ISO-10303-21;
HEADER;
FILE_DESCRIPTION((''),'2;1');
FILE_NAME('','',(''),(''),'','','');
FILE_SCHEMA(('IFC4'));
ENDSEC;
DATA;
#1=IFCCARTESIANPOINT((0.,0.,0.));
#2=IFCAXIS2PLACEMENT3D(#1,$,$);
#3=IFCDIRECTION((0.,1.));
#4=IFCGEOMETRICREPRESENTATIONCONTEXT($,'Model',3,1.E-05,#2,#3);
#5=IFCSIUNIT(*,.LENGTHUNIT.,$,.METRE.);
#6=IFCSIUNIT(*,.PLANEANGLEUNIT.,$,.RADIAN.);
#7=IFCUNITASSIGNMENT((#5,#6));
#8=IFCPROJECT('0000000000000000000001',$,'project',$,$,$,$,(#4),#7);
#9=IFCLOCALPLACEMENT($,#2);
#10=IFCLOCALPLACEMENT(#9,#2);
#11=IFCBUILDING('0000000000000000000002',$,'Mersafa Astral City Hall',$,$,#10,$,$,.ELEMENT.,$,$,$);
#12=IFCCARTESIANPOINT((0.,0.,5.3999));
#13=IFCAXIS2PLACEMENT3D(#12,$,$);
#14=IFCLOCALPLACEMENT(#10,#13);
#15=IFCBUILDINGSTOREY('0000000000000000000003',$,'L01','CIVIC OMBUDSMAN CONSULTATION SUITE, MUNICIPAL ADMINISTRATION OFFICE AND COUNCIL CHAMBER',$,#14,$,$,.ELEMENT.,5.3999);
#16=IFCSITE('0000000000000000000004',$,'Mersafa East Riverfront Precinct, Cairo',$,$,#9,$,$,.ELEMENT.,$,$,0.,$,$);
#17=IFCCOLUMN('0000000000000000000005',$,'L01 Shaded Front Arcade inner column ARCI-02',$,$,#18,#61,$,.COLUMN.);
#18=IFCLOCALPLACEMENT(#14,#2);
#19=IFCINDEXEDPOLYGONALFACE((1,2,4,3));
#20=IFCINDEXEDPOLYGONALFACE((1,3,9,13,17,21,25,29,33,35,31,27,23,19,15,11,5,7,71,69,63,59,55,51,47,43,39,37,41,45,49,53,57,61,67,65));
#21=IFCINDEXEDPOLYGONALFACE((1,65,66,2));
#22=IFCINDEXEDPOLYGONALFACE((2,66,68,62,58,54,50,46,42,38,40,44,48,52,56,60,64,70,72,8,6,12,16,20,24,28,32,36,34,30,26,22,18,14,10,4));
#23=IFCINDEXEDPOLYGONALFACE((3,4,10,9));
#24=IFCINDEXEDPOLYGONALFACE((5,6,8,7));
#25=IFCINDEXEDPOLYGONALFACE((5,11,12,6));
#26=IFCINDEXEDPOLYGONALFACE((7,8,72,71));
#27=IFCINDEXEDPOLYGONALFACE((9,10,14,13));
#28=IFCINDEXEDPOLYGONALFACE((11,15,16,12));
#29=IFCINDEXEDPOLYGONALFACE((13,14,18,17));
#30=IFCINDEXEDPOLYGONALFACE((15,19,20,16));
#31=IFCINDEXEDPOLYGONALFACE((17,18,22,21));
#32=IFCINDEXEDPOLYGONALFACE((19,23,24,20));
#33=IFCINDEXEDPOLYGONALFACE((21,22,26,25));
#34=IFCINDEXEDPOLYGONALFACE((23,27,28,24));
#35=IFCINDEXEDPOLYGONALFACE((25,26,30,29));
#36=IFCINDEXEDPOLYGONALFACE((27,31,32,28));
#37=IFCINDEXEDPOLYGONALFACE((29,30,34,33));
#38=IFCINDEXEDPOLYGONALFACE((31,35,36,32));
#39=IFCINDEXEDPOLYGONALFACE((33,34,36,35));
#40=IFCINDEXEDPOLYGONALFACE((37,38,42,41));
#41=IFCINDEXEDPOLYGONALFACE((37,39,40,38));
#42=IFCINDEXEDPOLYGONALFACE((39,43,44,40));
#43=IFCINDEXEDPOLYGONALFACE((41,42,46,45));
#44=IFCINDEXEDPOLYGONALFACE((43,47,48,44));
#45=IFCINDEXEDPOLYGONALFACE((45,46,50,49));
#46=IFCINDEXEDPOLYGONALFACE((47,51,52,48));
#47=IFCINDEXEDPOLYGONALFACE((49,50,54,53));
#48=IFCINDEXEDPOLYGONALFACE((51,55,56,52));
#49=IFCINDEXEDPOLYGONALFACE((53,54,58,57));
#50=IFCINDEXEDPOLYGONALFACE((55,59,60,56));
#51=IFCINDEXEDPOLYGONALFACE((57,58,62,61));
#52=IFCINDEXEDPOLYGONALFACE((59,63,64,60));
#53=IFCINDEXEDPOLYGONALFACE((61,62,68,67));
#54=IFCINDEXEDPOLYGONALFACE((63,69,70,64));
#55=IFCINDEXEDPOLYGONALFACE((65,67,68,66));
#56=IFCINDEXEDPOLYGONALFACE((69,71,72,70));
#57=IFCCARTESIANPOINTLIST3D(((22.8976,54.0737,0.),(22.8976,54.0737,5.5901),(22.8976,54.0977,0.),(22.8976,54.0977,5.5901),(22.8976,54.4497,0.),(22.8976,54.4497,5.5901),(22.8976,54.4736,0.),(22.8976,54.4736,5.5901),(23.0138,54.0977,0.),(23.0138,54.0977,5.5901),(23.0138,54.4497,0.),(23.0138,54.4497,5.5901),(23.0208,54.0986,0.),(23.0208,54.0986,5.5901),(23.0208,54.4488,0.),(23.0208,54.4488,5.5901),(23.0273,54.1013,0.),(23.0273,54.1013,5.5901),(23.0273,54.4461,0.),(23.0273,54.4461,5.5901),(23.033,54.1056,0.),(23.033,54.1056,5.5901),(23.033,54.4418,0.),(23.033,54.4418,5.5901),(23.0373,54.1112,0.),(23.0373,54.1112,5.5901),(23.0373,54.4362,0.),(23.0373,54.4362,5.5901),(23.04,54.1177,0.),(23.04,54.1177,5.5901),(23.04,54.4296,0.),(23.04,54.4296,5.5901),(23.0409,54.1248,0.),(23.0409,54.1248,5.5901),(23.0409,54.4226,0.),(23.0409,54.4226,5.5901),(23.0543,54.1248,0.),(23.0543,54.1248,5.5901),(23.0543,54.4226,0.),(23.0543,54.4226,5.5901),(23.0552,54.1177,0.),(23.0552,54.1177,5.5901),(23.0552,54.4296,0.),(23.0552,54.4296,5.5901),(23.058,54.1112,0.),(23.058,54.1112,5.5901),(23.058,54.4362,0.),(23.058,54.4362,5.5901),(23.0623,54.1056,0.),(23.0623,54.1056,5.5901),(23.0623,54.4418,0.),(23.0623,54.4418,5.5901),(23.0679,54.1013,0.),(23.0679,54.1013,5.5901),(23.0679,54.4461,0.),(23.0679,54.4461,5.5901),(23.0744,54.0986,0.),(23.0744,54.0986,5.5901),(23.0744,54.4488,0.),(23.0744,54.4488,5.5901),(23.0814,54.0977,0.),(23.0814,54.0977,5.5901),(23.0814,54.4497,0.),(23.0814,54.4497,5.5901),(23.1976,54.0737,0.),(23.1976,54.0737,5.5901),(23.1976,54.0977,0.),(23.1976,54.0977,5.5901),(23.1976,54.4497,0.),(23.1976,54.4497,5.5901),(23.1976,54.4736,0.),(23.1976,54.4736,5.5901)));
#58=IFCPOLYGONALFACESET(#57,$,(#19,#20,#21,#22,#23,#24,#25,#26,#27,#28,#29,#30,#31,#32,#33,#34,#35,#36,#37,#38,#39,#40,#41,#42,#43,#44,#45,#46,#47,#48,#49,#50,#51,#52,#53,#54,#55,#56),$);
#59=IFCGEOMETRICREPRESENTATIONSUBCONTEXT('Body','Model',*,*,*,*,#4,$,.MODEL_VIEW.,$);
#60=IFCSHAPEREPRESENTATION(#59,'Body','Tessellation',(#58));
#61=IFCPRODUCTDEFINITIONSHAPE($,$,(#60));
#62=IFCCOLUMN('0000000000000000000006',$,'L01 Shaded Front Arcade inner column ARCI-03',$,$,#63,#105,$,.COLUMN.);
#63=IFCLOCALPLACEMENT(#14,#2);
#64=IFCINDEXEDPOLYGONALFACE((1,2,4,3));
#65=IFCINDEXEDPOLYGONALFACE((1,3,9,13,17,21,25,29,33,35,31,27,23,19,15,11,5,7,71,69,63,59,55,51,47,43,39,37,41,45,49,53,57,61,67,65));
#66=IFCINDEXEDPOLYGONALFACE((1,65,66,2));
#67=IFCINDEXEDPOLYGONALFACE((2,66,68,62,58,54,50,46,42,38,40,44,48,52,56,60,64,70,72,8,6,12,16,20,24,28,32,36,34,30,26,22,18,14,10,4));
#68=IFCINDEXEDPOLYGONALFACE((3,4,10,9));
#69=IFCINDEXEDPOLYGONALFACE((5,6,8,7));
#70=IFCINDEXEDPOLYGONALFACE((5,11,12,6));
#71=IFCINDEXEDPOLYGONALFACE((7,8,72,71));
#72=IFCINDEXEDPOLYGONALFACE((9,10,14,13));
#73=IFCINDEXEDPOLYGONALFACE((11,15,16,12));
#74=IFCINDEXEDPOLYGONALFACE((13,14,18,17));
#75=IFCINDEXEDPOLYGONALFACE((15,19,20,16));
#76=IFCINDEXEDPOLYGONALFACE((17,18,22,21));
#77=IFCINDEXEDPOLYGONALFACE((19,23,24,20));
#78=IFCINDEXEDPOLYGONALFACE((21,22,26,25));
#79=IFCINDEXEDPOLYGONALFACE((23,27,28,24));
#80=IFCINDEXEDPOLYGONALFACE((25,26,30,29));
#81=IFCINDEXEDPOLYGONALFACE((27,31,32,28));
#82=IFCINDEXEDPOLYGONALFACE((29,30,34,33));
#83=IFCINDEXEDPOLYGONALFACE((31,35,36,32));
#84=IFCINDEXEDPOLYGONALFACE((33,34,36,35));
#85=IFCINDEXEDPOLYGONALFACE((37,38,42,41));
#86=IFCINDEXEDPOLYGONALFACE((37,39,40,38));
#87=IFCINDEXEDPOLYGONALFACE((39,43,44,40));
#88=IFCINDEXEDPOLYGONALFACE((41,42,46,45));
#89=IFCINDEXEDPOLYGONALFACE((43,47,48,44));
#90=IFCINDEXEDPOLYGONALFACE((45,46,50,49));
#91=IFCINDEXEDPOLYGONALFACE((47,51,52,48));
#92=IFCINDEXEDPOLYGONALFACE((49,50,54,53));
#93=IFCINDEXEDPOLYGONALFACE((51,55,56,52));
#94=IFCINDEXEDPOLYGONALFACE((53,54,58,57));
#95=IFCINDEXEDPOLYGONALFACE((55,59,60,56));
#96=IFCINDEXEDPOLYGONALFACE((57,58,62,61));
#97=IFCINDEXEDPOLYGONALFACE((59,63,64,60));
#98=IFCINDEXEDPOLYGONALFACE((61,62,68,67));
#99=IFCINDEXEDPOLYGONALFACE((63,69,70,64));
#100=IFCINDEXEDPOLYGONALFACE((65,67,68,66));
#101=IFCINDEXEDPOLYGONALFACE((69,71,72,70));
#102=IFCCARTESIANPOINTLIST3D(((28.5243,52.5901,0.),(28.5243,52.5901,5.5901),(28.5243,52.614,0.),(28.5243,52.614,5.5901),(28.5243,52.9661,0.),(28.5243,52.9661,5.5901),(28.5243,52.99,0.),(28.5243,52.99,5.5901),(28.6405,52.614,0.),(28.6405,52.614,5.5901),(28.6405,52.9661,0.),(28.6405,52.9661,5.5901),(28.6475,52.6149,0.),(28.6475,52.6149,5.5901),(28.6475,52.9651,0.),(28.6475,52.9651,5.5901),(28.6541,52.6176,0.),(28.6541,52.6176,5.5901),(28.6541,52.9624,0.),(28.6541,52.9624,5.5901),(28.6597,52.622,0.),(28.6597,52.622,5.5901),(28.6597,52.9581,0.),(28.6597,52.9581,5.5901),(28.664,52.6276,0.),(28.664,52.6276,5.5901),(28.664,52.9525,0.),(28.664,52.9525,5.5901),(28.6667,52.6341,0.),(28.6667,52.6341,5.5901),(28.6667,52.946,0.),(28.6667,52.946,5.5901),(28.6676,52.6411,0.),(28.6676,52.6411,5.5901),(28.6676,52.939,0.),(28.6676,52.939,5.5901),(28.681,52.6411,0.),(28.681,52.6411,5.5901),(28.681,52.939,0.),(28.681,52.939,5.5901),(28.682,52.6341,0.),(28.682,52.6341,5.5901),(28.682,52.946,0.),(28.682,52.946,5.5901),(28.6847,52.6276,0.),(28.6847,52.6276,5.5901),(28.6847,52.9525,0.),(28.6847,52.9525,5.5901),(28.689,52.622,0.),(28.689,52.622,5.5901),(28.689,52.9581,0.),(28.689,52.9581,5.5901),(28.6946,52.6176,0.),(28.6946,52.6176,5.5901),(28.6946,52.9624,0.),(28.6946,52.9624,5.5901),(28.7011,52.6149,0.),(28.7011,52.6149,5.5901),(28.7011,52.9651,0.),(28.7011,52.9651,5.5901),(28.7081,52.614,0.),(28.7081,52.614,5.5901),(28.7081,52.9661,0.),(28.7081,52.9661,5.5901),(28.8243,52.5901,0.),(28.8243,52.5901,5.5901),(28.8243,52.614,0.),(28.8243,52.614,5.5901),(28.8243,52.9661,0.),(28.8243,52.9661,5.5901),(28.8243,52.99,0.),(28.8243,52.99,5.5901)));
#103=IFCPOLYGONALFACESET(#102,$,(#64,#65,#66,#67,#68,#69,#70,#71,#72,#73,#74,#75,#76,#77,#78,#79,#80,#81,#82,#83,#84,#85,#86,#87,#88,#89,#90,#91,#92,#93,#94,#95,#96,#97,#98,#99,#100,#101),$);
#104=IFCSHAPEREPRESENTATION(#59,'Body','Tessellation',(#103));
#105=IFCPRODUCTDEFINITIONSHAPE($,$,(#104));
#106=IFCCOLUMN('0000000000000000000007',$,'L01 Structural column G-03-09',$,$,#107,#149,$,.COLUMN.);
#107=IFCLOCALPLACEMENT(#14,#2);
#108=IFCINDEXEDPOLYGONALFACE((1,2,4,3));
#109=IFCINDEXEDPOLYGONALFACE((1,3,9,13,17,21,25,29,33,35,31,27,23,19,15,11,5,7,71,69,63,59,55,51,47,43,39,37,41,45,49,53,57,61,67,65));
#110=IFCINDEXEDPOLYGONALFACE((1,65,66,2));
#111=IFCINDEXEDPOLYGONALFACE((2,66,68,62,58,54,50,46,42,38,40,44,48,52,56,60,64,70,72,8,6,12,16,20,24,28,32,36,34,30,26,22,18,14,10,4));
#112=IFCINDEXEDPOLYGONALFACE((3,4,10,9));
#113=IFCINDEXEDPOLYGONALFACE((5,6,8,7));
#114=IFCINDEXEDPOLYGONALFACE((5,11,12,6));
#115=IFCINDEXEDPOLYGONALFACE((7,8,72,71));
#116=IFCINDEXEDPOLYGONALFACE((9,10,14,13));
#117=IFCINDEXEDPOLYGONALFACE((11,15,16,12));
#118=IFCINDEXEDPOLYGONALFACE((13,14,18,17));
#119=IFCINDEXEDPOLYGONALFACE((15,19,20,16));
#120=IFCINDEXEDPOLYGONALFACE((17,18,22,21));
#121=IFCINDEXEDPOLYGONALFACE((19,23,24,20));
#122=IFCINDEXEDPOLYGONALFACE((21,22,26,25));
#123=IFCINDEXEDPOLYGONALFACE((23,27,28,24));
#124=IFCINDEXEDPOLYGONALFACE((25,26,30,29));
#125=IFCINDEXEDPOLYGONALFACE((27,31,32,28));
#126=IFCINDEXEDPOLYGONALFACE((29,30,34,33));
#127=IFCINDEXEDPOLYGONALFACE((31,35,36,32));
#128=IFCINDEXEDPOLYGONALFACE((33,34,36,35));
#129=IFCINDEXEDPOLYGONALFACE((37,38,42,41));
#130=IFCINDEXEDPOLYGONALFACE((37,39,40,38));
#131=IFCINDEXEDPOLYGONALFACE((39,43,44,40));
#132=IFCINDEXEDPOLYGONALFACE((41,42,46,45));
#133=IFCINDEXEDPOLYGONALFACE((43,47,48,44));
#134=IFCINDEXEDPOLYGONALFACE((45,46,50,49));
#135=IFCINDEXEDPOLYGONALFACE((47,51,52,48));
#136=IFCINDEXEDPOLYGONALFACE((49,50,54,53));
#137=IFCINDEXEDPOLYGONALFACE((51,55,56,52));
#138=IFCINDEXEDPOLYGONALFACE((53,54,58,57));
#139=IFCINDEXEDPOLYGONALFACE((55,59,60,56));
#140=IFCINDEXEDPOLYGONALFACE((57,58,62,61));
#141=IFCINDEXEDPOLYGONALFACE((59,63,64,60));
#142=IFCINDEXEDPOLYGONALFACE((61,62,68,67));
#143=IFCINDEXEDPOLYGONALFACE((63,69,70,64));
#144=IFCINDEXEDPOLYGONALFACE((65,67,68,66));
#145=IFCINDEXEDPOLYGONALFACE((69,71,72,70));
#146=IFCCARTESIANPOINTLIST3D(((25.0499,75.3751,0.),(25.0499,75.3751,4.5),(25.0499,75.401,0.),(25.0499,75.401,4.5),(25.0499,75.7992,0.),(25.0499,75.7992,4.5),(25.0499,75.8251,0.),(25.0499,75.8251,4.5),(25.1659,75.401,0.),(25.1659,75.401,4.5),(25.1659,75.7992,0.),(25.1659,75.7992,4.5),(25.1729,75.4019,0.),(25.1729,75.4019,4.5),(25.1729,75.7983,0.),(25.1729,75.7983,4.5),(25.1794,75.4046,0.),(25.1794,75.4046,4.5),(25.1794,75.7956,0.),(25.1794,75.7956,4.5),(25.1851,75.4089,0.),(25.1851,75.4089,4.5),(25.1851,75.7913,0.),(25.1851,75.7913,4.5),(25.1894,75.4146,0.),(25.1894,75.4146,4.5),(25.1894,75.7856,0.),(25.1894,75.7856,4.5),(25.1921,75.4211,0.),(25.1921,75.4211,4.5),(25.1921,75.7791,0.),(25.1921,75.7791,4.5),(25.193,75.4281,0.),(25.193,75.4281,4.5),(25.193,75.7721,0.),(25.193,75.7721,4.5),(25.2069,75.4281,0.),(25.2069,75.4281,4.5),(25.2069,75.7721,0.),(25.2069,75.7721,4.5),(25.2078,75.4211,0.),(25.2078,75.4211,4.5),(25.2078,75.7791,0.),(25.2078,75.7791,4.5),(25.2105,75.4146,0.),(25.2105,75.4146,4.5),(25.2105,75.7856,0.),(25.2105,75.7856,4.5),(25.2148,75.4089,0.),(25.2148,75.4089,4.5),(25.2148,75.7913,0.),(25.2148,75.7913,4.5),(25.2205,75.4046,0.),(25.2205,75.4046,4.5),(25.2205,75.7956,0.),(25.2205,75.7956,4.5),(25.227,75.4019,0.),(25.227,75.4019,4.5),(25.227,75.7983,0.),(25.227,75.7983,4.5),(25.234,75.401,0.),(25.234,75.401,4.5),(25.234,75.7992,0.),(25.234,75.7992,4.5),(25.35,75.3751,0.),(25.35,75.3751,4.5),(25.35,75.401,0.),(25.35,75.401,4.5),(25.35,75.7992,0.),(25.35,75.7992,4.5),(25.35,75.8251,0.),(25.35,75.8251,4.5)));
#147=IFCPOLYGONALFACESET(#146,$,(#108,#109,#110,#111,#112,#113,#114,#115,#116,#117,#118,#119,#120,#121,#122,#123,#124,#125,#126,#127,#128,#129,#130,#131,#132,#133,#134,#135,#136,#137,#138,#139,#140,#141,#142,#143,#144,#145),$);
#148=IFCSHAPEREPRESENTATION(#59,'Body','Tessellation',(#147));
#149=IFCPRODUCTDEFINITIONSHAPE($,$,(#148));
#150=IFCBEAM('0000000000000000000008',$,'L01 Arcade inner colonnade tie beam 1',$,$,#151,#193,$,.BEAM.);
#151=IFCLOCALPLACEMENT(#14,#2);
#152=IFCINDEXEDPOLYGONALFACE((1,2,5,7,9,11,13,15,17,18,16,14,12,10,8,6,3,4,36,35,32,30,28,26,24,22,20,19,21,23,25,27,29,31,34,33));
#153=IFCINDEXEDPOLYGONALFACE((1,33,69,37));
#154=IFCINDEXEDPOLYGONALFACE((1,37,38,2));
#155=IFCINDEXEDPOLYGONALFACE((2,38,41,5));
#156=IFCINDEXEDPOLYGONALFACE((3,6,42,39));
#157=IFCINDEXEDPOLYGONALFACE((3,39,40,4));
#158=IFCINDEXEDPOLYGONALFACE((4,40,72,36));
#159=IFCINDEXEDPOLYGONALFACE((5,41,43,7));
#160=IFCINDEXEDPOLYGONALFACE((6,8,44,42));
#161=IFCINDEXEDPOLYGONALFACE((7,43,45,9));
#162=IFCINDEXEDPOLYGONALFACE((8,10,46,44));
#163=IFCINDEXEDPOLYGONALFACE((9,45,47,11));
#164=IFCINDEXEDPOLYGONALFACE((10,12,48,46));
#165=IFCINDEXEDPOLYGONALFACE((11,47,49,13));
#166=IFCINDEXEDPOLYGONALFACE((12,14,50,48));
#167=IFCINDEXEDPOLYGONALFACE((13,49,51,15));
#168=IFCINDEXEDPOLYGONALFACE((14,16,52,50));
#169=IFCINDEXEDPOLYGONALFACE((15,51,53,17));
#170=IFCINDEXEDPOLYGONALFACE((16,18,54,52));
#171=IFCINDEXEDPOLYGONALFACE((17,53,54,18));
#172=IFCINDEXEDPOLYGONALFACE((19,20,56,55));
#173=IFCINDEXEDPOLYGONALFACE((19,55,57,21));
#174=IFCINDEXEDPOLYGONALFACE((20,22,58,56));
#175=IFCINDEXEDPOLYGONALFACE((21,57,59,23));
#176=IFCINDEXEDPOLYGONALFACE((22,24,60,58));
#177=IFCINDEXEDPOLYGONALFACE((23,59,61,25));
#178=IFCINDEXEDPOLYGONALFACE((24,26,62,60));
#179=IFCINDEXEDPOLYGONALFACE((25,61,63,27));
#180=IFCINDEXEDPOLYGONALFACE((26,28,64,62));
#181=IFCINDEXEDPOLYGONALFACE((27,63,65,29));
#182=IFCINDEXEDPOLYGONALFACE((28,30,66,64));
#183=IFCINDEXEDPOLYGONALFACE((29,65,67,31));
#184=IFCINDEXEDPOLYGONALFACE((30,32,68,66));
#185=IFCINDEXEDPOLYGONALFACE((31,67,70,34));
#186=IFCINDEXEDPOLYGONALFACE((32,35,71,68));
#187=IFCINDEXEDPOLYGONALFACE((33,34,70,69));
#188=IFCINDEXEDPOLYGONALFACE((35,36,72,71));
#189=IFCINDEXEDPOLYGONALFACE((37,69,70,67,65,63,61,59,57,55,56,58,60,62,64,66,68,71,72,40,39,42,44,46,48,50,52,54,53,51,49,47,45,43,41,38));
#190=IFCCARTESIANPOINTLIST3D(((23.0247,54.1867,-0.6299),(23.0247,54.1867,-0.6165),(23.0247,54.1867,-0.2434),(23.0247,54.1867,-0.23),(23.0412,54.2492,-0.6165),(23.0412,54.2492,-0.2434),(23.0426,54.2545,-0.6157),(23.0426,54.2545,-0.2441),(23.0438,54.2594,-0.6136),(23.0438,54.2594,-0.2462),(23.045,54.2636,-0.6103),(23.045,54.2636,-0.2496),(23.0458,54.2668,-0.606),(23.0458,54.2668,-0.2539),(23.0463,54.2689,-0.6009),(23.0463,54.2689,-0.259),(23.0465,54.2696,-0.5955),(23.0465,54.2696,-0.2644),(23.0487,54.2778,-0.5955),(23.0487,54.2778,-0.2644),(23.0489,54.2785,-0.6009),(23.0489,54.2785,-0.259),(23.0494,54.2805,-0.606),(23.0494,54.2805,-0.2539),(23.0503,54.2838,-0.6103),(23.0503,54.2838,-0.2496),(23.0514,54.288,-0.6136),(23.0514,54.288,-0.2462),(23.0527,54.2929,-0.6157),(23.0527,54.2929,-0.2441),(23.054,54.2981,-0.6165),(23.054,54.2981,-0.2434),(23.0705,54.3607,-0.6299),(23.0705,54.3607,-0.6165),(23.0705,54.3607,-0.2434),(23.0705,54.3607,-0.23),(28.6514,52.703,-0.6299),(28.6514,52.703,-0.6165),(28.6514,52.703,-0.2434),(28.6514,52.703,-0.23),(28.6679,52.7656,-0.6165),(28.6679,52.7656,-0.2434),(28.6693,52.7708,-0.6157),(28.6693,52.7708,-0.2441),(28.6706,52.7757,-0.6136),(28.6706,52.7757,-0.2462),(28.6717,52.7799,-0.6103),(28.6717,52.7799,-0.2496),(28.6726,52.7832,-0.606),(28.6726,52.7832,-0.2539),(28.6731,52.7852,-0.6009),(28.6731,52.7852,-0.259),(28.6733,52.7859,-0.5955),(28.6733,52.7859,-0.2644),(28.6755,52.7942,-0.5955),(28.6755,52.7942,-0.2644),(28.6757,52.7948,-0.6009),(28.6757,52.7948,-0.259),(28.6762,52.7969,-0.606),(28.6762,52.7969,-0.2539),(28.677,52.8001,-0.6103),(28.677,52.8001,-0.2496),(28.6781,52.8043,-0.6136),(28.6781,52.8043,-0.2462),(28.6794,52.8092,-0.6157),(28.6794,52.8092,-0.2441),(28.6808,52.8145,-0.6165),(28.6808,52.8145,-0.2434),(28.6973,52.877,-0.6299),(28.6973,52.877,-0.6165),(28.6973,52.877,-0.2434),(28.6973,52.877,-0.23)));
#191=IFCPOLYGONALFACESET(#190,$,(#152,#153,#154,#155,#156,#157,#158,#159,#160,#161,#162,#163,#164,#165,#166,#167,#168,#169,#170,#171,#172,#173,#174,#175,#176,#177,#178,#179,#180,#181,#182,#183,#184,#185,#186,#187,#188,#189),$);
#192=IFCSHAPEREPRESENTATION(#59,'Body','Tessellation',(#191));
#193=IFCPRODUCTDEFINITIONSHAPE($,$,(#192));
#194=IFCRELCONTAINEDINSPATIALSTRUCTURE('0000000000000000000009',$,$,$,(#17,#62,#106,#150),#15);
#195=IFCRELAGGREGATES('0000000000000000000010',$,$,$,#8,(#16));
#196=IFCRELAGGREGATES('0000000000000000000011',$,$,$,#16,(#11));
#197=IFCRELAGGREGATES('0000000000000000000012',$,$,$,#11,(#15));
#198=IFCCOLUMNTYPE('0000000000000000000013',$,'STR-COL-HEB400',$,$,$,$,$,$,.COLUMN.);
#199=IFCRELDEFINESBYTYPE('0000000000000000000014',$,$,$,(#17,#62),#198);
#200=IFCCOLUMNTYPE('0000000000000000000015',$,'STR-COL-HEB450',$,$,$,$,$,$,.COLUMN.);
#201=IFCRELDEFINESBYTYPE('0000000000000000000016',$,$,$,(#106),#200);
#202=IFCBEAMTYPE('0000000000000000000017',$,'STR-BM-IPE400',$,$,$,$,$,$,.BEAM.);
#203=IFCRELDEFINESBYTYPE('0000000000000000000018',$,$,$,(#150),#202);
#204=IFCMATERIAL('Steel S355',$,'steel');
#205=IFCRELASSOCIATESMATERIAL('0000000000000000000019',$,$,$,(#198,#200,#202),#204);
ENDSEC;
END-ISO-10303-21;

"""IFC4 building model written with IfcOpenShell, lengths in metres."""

from ifc_helpers import new_model, si_unit, direction, frame, origin, origin_2d, place, context, subcontext, project, spatial, i_section, extrude, material, material_profile, profile_set, type_object, element, save


model = new_model("IFC4")

# Units and contexts
model_context = context("Model", 3, precision=1e-05, world=origin(), true_north=direction((0.0, 1.0)))
body_context = subcontext(model_context, "Body", "Model", "MODEL_VIEW")
ifc_project = project(units=[si_unit("LENGTHUNIT", "METRE"), si_unit("PLANEANGLEUNIT", "RADIAN")], contexts=[model_context])

# Site, building, storey
site_placement = place(None, origin())
site = spatial("IfcSite", under=ifc_project, at=site_placement, Name="Mersafa East Riverfront Precinct, Cairo", CompositionType="ELEMENT", RefElevation=0.0)
building_placement = place(site_placement, origin())
building = spatial("IfcBuilding", under=site, at=building_placement, Name="Mersafa Astral City Hall", CompositionType="ELEMENT")
storey_placement = place(building_placement, frame((0.0, 0.0, 5.3999)))
storey = spatial("IfcBuildingStorey", under=building, at=storey_placement, Name="L01", Description="CIVIC OMBUDSMAN CONSULTATION SUITE, MUNICIPAL ADMINISTRATION OFFICE AND COUNCIL CHAMBER", CompositionType="ELEMENT", Elevation=5.3999)

# Columns
ifc_material_1 = material(Name="Steel S355", Category="steel")
ifc_material_profile_1 = material_profile(ifc_material_1, i_section(OverallWidth=0.3, OverallDepth=0.3999, WebThickness=0.0134, FlangeThickness=0.0239, FilletRadius=0.0271, at=origin_2d()), Name="HEB 400")
ifc_profile_set_1 = profile_set([ifc_material_profile_1], Name="Steel S355")
column_type_1 = type_object("IfcColumnType", Name="STR-COL-HEB400", PredefinedType="COLUMN", material=ifc_profile_set_1)
for number, where, z_axis, x_axis, name in (
    (1, (23.0476, 54.2737, 0.0), (0.0, 0.0, 1.0), (1.0, 0.0, 0.0), "L01 Shaded Front Arcade inner column ARCI-02"),
    (2, (28.6743, 52.79, 0.0), (0.0, 0.0, 1.0), (1.0, 0.0, 0.0), "L01 Shaded Front Arcade inner column ARCI-03"),
):
    element("IfcColumn", number, at=place(storey_placement, frame(where, z_axis=z_axis, x_axis=x_axis)), inside=storey, type_object=column_type_1, Name=name, PredefinedType="COLUMN", context=body_context, shape_type="SweptSolid", body=[
        extrude(i_section(OverallWidth=0.3, OverallDepth=0.3999, WebThickness=0.0134, FlangeThickness=0.0239, FilletRadius=0.0271, at=origin_2d()), origin(), (0.0, 0.0, 1.0), 5.5901),
    ])
ifc_material_profile_2 = material_profile(ifc_material_1, i_section(OverallWidth=0.3, OverallDepth=0.45, WebThickness=0.0139, FlangeThickness=0.0259, FilletRadius=0.0271, at=origin_2d()), Name="HEB 450")
ifc_profile_set_2 = profile_set([ifc_material_profile_2], Name="Steel S355")
column_type_2 = type_object("IfcColumnType", Name="STR-COL-HEB450", PredefinedType="COLUMN", material=ifc_profile_set_2)
column_placement = place(storey_placement, frame((25.2, 75.6001, 0.0), z_axis=(0.0, 0.0, 1.0), x_axis=(1.0, 0.0, 0.0)))
element("IfcColumn", 3, at=column_placement, inside=storey, type_object=column_type_2, Name="L01 Structural column G-03-09", PredefinedType="COLUMN", context=body_context, shape_type="SweptSolid", body=[
    extrude(i_section(OverallWidth=0.3, OverallDepth=0.45, WebThickness=0.0139, FlangeThickness=0.0259, FilletRadius=0.0271, at=origin_2d()), origin(), (0.0, 0.0, 1.0), 4.5),
])

# Beam
ifc_material_profile_3 = material_profile(ifc_material_1, i_section(OverallWidth=0.1799, OverallDepth=0.3999, WebThickness=0.0085, FlangeThickness=0.0134, FilletRadius=0.021, at=origin_2d()), Name="IPE 400")
ifc_profile_set_3 = profile_set([ifc_material_profile_3], Name="Steel S355")
beam_type_1 = type_object("IfcBeamType", Name="STR-BM-IPE400", PredefinedType="BEAM", material=ifc_profile_set_3)
beam_1_placement = place(storey_placement, frame((23.0476, 54.2737, -0.4299), z_axis=(0.966951, -0.254964, 0.0), x_axis=(0.254964, 0.966951, 0.0)))
element("IfcBeam", 4, at=beam_1_placement, inside=storey, type_object=beam_type_1, Name="L01 Arcade inner colonnade tie beam 1", PredefinedType="BEAM", context=body_context, shape_type="SweptSolid", body=[
    extrude(i_section(OverallWidth=0.1799, OverallDepth=0.3999, WebThickness=0.0085, FlangeThickness=0.0134, FilletRadius=0.021, at=origin_2d()), origin(), (0.0, 0.0, 1.0), 5.8191),
])

save(model, "model.ifc")
